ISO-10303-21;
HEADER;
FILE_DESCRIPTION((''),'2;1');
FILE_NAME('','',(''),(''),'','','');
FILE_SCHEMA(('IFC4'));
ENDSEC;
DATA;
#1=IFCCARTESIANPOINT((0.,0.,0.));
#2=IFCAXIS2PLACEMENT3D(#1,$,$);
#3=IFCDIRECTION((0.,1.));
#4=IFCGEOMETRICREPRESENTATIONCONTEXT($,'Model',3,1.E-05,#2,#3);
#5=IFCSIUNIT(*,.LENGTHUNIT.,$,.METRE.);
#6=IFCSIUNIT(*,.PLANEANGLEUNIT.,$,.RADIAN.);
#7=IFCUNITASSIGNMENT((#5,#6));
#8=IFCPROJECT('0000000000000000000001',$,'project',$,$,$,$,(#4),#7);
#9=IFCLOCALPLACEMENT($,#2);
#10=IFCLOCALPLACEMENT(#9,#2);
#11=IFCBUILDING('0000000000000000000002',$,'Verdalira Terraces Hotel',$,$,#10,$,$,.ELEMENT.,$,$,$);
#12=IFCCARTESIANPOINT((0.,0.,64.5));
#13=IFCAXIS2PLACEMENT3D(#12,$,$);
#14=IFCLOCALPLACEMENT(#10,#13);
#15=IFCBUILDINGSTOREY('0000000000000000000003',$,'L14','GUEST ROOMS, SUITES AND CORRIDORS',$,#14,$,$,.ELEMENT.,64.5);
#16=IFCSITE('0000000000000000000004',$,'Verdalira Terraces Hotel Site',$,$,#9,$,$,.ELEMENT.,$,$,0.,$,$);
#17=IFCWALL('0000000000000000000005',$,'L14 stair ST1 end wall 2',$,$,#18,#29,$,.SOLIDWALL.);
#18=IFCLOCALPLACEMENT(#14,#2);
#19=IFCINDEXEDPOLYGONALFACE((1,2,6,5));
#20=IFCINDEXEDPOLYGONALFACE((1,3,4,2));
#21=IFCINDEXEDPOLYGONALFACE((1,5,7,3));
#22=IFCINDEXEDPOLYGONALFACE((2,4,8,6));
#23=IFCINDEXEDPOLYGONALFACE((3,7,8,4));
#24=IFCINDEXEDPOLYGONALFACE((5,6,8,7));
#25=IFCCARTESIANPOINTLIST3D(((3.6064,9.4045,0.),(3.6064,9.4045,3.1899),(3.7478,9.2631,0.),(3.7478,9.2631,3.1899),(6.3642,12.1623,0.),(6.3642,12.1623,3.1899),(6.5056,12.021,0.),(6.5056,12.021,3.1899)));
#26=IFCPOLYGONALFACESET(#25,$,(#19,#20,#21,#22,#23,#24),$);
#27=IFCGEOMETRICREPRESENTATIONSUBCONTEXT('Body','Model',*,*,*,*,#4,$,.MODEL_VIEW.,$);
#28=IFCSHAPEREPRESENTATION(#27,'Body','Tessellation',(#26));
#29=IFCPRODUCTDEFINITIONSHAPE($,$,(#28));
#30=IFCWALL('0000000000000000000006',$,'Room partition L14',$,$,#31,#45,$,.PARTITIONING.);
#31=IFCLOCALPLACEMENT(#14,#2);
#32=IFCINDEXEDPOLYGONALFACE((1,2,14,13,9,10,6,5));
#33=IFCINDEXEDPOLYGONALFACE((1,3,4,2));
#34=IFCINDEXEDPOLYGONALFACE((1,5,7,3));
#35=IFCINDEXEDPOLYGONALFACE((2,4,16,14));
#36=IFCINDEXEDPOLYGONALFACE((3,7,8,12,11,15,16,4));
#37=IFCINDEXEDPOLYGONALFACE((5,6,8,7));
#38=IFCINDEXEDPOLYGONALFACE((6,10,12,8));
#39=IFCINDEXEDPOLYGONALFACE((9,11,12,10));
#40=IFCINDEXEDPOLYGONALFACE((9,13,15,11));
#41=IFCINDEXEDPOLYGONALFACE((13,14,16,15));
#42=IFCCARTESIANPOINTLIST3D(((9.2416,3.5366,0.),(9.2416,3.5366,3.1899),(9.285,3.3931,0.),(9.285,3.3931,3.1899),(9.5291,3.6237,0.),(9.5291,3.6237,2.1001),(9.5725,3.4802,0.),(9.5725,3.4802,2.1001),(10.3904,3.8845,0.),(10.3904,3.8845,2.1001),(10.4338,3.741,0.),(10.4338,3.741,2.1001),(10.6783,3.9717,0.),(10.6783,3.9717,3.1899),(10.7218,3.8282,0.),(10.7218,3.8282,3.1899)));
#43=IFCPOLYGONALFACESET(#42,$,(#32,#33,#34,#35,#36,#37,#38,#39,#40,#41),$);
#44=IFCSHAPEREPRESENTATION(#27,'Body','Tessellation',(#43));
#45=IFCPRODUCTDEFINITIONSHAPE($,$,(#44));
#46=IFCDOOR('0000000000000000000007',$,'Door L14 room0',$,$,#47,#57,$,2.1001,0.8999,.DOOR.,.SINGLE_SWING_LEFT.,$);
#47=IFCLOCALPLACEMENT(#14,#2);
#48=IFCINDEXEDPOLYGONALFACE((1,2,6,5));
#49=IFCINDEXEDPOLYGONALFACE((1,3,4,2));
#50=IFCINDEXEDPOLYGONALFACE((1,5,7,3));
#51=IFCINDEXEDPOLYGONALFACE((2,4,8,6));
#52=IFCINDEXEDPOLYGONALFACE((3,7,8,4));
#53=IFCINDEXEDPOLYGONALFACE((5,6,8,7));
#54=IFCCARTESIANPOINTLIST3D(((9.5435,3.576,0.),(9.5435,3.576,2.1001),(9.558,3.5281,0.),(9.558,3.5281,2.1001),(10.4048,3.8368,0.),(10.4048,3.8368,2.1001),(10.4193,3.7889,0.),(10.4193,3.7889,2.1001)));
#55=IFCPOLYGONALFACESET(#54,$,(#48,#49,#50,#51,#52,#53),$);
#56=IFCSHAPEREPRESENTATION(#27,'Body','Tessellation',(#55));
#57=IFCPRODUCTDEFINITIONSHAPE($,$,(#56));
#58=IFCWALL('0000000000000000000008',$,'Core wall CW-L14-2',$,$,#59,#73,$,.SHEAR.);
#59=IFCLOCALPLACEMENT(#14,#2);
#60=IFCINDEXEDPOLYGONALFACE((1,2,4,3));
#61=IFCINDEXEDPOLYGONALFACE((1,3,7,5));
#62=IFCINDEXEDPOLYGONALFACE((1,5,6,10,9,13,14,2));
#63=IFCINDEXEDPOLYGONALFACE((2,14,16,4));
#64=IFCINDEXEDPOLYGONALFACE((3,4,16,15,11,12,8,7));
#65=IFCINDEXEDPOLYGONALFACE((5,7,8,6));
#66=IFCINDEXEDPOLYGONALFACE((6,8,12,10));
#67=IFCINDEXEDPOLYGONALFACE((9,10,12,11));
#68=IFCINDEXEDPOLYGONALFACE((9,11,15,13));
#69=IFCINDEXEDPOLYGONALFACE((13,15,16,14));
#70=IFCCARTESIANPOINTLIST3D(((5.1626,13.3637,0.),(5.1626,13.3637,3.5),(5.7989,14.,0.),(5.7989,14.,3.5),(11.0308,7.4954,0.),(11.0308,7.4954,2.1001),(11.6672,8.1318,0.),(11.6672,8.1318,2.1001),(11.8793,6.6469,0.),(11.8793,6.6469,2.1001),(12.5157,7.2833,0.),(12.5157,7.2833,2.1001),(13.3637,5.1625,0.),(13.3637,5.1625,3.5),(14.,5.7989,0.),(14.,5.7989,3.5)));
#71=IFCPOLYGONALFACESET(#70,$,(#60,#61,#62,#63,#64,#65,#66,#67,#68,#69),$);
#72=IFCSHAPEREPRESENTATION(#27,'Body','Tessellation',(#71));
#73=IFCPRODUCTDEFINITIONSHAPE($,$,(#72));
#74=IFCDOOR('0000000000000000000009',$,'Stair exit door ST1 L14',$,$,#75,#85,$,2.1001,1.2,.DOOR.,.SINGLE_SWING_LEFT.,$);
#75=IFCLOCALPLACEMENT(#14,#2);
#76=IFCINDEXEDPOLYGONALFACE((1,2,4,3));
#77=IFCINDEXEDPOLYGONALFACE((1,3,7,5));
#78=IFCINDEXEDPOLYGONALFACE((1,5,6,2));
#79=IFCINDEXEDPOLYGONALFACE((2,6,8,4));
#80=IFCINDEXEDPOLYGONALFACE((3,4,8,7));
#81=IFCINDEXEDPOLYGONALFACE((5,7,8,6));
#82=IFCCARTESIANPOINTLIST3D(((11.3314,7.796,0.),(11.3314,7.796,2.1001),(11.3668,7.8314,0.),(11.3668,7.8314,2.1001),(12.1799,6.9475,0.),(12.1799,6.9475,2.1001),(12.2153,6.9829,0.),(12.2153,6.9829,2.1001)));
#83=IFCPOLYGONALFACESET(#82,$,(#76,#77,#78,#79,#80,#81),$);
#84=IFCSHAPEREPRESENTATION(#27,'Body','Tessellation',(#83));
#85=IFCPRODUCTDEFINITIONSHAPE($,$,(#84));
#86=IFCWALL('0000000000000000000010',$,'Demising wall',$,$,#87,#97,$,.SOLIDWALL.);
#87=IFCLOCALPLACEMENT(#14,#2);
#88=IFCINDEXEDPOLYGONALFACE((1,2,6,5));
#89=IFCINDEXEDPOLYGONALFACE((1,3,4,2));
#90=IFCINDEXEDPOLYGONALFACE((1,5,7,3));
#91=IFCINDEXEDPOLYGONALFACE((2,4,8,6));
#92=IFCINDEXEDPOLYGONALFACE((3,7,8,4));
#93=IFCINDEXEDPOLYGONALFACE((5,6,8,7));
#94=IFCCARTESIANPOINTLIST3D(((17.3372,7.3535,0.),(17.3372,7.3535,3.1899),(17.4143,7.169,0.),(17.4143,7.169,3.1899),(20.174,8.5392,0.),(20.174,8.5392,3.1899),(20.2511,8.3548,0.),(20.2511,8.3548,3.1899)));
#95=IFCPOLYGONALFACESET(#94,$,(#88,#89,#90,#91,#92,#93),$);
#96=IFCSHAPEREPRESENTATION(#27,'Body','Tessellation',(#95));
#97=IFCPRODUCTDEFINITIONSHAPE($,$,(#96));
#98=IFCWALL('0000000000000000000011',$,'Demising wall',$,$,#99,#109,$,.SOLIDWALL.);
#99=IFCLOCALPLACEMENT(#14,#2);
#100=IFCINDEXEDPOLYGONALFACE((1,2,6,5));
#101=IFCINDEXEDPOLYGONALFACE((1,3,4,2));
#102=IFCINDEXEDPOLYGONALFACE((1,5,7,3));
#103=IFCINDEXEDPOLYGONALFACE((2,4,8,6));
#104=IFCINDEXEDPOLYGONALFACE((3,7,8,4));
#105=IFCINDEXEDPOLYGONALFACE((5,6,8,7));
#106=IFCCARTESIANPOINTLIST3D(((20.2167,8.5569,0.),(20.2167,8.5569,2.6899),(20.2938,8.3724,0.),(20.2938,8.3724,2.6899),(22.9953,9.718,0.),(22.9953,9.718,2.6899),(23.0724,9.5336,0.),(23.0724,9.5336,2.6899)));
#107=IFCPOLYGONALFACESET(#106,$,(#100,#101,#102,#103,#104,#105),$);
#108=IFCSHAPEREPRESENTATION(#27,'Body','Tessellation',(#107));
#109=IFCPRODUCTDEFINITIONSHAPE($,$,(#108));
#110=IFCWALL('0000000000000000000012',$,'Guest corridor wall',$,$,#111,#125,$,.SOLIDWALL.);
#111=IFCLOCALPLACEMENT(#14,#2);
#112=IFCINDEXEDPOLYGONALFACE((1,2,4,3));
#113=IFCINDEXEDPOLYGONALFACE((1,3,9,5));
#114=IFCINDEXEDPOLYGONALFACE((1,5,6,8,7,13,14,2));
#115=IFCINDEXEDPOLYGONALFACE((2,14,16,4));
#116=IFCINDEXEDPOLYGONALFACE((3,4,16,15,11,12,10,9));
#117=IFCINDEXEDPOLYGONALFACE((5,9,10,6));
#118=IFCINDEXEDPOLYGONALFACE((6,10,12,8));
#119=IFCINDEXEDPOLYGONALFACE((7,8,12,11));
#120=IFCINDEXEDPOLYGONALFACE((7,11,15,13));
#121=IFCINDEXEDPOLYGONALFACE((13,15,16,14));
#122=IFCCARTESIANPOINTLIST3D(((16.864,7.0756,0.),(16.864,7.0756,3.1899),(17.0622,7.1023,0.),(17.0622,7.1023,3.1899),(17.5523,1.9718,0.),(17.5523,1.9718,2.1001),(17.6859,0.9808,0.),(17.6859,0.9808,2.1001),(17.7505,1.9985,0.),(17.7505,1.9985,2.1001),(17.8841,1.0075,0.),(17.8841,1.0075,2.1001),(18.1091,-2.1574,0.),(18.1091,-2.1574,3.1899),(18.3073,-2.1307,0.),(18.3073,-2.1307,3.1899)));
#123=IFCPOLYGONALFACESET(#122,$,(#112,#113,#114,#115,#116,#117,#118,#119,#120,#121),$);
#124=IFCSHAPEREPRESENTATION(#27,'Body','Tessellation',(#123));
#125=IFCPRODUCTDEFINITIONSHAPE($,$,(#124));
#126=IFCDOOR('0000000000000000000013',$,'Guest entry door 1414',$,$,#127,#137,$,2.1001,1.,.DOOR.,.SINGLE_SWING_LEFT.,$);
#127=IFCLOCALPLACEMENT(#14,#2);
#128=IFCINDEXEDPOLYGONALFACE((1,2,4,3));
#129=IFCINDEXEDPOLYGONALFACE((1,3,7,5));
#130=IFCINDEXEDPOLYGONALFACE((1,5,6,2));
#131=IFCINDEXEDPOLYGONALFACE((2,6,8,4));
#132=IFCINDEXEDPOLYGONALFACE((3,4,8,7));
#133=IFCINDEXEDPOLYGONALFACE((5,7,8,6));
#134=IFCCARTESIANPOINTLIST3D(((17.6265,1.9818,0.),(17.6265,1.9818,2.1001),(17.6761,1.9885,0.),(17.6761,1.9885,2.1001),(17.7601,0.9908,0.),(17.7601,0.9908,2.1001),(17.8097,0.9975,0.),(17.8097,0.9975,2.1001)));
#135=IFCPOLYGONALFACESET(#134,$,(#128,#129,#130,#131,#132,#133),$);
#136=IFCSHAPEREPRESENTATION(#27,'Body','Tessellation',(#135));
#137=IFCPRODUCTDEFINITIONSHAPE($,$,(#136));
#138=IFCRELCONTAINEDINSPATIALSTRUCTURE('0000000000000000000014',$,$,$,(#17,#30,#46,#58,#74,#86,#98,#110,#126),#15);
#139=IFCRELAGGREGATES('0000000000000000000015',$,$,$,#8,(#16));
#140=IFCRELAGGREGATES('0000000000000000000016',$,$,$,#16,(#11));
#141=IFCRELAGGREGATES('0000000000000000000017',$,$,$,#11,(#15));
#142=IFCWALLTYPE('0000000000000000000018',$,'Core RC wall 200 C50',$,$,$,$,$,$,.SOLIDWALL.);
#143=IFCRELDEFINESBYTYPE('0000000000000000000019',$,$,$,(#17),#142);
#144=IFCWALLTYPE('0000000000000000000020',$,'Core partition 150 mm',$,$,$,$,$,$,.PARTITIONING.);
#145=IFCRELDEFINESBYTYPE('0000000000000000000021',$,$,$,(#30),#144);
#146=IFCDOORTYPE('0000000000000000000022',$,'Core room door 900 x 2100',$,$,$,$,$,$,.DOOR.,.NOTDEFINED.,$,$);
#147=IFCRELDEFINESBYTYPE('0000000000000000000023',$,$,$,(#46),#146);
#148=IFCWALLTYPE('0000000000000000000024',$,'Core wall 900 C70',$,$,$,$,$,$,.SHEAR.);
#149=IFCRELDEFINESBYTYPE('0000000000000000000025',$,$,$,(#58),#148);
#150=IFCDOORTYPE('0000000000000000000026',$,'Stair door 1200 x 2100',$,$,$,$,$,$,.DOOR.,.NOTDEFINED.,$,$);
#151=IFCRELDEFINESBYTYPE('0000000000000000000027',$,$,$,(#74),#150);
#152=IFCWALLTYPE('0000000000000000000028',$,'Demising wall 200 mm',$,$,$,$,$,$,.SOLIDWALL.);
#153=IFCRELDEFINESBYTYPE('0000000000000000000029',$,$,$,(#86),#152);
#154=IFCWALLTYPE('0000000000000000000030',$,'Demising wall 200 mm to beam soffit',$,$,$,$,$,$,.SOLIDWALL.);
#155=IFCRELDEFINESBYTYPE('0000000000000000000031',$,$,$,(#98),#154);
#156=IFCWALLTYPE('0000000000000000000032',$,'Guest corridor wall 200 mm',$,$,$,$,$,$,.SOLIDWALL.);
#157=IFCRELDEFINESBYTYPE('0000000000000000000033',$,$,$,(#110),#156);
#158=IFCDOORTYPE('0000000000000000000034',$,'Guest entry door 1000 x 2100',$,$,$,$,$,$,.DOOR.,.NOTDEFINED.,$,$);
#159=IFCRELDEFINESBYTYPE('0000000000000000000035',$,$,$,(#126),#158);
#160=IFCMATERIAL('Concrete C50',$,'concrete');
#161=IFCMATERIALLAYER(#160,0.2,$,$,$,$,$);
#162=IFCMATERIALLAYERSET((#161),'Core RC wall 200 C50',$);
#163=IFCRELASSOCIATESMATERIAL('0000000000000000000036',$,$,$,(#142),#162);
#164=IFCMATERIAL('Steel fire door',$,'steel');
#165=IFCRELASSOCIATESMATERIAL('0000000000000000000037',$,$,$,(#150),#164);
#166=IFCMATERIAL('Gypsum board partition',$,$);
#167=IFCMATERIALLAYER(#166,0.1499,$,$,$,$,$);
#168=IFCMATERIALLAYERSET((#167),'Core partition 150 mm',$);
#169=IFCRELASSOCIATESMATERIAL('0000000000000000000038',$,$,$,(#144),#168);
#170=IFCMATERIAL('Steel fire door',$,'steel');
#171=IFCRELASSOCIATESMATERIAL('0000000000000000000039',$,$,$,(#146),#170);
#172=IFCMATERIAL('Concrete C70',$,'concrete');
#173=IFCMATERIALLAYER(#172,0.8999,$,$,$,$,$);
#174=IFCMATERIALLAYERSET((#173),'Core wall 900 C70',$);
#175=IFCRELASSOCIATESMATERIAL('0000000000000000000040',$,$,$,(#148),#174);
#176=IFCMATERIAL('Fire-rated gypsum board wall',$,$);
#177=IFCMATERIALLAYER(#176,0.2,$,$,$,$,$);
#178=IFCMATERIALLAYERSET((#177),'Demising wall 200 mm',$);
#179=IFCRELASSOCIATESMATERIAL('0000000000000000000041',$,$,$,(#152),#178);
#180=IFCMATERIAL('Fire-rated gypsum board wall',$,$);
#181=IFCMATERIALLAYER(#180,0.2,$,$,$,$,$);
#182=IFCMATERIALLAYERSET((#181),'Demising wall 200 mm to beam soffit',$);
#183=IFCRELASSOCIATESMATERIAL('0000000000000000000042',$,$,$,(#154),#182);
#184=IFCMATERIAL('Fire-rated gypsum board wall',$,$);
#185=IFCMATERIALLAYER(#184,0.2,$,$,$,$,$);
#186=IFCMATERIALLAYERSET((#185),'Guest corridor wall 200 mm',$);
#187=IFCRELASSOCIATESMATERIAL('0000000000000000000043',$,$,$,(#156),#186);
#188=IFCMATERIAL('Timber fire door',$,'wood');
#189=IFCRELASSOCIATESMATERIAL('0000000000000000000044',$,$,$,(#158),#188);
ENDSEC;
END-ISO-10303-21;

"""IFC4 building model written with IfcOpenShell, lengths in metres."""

from ifc_helpers import new_model, si_unit, direction, frame, frame_2d, origin, place, context, subcontext, project, spatial, rectangle, extrude, material, layer, layer_set, type_object, element, fill, save


model = new_model("IFC4")

# Units and contexts
model_context = context("Model", 3, precision=1e-05, world=origin(), true_north=direction((0.0, 1.0)))
body_context = subcontext(model_context, "Body", "Model", "MODEL_VIEW")
ifc_project = project(units=[si_unit("LENGTHUNIT", "METRE"), si_unit("PLANEANGLEUNIT", "RADIAN")], contexts=[model_context])

# Site, building, storey
site_placement = place(None, origin())
site = spatial("IfcSite", under=ifc_project, at=site_placement, Name="Verdalira Terraces Hotel Site", CompositionType="ELEMENT", RefElevation=0.0)
building_placement = place(site_placement, origin())
building = spatial("IfcBuilding", under=site, at=building_placement, Name="Verdalira Terraces Hotel", CompositionType="ELEMENT")
storey_placement = place(building_placement, frame((0.0, 0.0, 64.5)))
storey = spatial("IfcBuildingStorey", under=building, at=storey_placement, Name="L14", Description="GUEST ROOMS, SUITES AND CORRIDORS", CompositionType="ELEMENT", Elevation=64.5)

# Shared definitions
ifc_material_1 = material(Name="Concrete C50", Category="concrete")
ifc_layer_1 = layer(ifc_material_1, 0.2)
ifc_layer_set_1 = layer_set([ifc_layer_1], Name="Core RC wall 200 C50")
wall_type_1 = type_object("IfcWallType", Name="Core RC wall 200 C50", PredefinedType="SOLIDWALL", material=ifc_layer_set_1)
ifc_material_2 = material(Name="Steel fire door", Category="steel")
door_type_1 = type_object("IfcDoorType", Name="Stair door 1200 x 2100", OperationType="NOTDEFINED", PredefinedType="DOOR", material=ifc_material_2)

# Wall
for number, where, z_axis, x_axis, name in (
    (1, (3.677, 9.3337, 0.0), (0.0, 0.0, 1.0), (0.707107, 0.707107, 0.0), "L14 stair ST1 end wall 2"),
):
    element("IfcWall", number, at=place(storey_placement, frame(where, z_axis=z_axis, x_axis=x_axis)), inside=storey, type_object=wall_type_1, Name=name, PredefinedType="SOLIDWALL", context=body_context, shape_type="SweptSolid", body=[
        extrude(rectangle(XDim=3.9001, YDim=0.2, at=frame_2d((1.9502, 0.0))), origin(), (0.0, 0.0, 1.0), 3.1899),
    ])

# Walls, openings, doors
ifc_material_3 = material(Name="Gypsum board partition")
ifc_layer_2 = layer(ifc_material_3, 0.1499)
ifc_layer_set_2 = layer_set([ifc_layer_2], Name="Core partition 150 mm")
wall_type_2 = type_object("IfcWallType", Name="Core partition 150 mm", PredefinedType="PARTITIONING", material=ifc_layer_set_2)
wall_1_placement = place(storey_placement, frame((10.7, 3.8999, 0.0), z_axis=(0.0, 0.0, 1.0), x_axis=(-0.957085, -0.289809, 0.0)))
wall_1 = element("IfcWall", 2, at=wall_1_placement, inside=storey, type_object=wall_type_2, Name="Room partition L14", PredefinedType="PARTITIONING", context=body_context, shape_type="SweptSolid", body=[
    extrude(rectangle(XDim=1.5012, YDim=0.1499, at=frame_2d((0.7505, 0.0))), origin(), (0.0, 0.0, 1.0), 3.1899),
])
opening_1_placement = place(wall_1_placement, frame((0.3008, 0.0, 0.0)))
opening_1 = element("IfcOpeningElement", 3, at=opening_1_placement, cuts=wall_1, PredefinedType="OPENING", context=body_context, shape_type="SweptSolid", body=[
    extrude(rectangle(XDim=0.8999, YDim=2.1001, at=frame_2d((0.45, 1.05))), frame((0.0, 0.085, 0.0), z_axis=(0.0, -1.0, 0.0), x_axis=(1.0, 0.0, 0.0)), (0.0, 0.0, 1.0), 0.1699),
])
ifc_material_4 = material(Name="Steel fire door", Category="steel")
door_type_2 = type_object("IfcDoorType", Name="Core room door 900 x 2100", OperationType="NOTDEFINED", PredefinedType="DOOR", material=ifc_material_4)
door_1_placement = place(opening_1_placement, origin())
door_1 = element("IfcDoor", 4, at=door_1_placement, inside=storey, type_object=door_type_2, Name="Door L14 room0", OperationType="SINGLE_SWING_LEFT", OverallHeight=2.1001, OverallWidth=0.8999, PredefinedType="DOOR", context=body_context, shape_type="SweptSolid", body=[
    extrude(rectangle(XDim=0.8999, YDim=2.1001, at=frame_2d((0.45, 1.05))), frame((0.0, 0.0249, 0.0), z_axis=(0.0, -1.0, 0.0), x_axis=(1.0, 0.0, 0.0)), (0.0, 0.0, 1.0), 0.05),
])
fill(opening_1, door_1)
ifc_material_5 = material(Name="Concrete C70", Category="concrete")
ifc_layer_3 = layer(ifc_material_5, 0.8999)
ifc_layer_set_3 = layer_set([ifc_layer_3], Name="Core wall 900 C70")
wall_type_3 = type_object("IfcWallType", Name="Core wall 900 C70", PredefinedType="SHEAR", material=ifc_layer_set_3)
wall_2_placement = place(storey_placement, frame((13.6819, 5.4807, 0.0), z_axis=(0.0, 0.0, 1.0), x_axis=(-0.707107, 0.707107, 0.0)))
wall_2 = element("IfcWall", 5, at=wall_2_placement, inside=storey, type_object=wall_type_3, Name="Core wall CW-L14-2", PredefinedType="SHEAR", context=body_context, shape_type="SweptSolid", body=[
    extrude(rectangle(XDim=11.5981, YDim=0.8999, at=frame_2d((5.7991, 0.0))), origin(), (0.0, 0.0, 1.0), 3.5),
])
opening_2_placement = place(wall_2_placement, frame((2.0991, 0.0, 0.0)))
opening_2 = element("IfcOpeningElement", 6, at=opening_2_placement, cuts=wall_2, PredefinedType="OPENING", context=body_context, shape_type="SweptSolid", body=[
    extrude(rectangle(XDim=1.2, YDim=2.1001, at=frame_2d((0.6001, 1.05))), frame((0.0, 0.46, 0.0), z_axis=(0.0, -1.0, 0.0), x_axis=(1.0, 0.0, 0.0)), (0.0, 0.0, 1.0), 0.9199),
])
door_2_placement = place(opening_2_placement, origin())
door_2 = element("IfcDoor", 7, at=door_2_placement, inside=storey, type_object=door_type_1, Name="Stair exit door ST1 L14", OperationType="SINGLE_SWING_LEFT", OverallHeight=2.1001, OverallWidth=1.2, PredefinedType="DOOR", context=body_context, shape_type="SweptSolid", body=[
    extrude(rectangle(XDim=1.2, YDim=2.1001, at=frame_2d((0.6001, 1.05))), frame((0.0, 0.0249, 0.0), z_axis=(0.0, -1.0, 0.0), x_axis=(1.0, 0.0, 0.0)), (0.0, 0.0, 1.0), 0.05),
])
fill(opening_2, door_2)

# Walls
ifc_material_6 = material(Name="Fire-rated gypsum board wall")
ifc_layer_4 = layer(ifc_material_6, 0.2)
ifc_layer_set_4 = layer_set([ifc_layer_4], Name="Demising wall 200 mm")
wall_type_4 = type_object("IfcWallType", Name="Demising wall 200 mm", PredefinedType="SOLIDWALL", material=ifc_layer_set_4)
wall_3_placement = place(storey_placement, frame((17.3757, 7.2612, 0.0), z_axis=(0.0, 0.0, 1.0), x_axis=(0.922644, 0.385653, 0.0)))
element("IfcWall", 8, at=wall_3_placement, inside=storey, type_object=wall_type_4, Name="Demising wall", PredefinedType="SOLIDWALL", context=body_context, shape_type="SweptSolid", body=[
    extrude(rectangle(XDim=3.0747, YDim=0.2, at=frame_2d((1.5374, 0.0))), origin(), (0.0, 0.0, 1.0), 3.1899),
])
ifc_material_7 = material(Name="Fire-rated gypsum board wall")
ifc_layer_5 = layer(ifc_material_7, 0.2)
ifc_layer_set_5 = layer_set([ifc_layer_5], Name="Demising wall 200 mm to beam soffit")
wall_type_5 = type_object("IfcWallType", Name="Demising wall 200 mm to beam soffit", PredefinedType="SOLIDWALL", material=ifc_layer_set_5)
wall_4_placement = place(storey_placement, frame((20.2551, 8.4646, 0.0), z_axis=(0.0, 0.0, 1.0), x_axis=(0.922676, 0.385577, 0.0)))
element("IfcWall", 9, at=wall_4_placement, inside=storey, type_object=wall_type_5, Name="Demising wall", PredefinedType="SOLIDWALL", context=body_context, shape_type="SweptSolid", body=[
    extrude(rectangle(XDim=3.0115, YDim=0.2, at=frame_2d((1.5059, 0.0))), origin(), (0.0, 0.0, 1.0), 2.6899),
])

# Wall, opening, door
ifc_material_8 = material(Name="Fire-rated gypsum board wall")
ifc_layer_6 = layer(ifc_material_8, 0.2)
ifc_layer_set_6 = layer_set([ifc_layer_6], Name="Guest corridor wall 200 mm")
wall_type_6 = type_object("IfcWallType", Name="Guest corridor wall 200 mm", PredefinedType="SOLIDWALL", material=ifc_layer_set_6)
wall_5_placement = place(storey_placement, frame((16.9631, 7.0889, 0.0), z_axis=(0.0, 0.0, 1.0), x_axis=(0.133643, -0.99103, 0.0)))
wall_5 = element("IfcWall", 10, at=wall_5_placement, inside=storey, type_object=wall_type_6, Name="Guest corridor wall", PredefinedType="SOLIDWALL", context=body_context, shape_type="SweptSolid", body=[
    extrude(rectangle(XDim=9.3166, YDim=0.2, at=frame_2d((4.6582, 0.0))), origin(), (0.0, 0.0, 1.0), 3.1899),
])
opening_3_placement = place(wall_5_placement, frame((5.1499, 0.0, 0.0)))
opening_3 = element("IfcOpeningElement", 11, at=opening_3_placement, cuts=wall_5, PredefinedType="OPENING", context=body_context, shape_type="SweptSolid", body=[
    extrude(rectangle(XDim=1.0, YDim=2.1001, at=frame_2d((0.5, 1.05))), frame((0.0, 0.1099, 0.0), z_axis=(0.0, -1.0, 0.0), x_axis=(1.0, 0.0, 0.0)), (0.0, 0.0, 1.0), 0.22),
])
ifc_material_9 = material(Name="Timber fire door", Category="wood")
door_type_3 = type_object("IfcDoorType", Name="Guest entry door 1000 x 2100", OperationType="NOTDEFINED", PredefinedType="DOOR", material=ifc_material_9)
door_3_placement = place(opening_3_placement, origin())
door_3 = element("IfcDoor", 12, at=door_3_placement, inside=storey, type_object=door_type_3, Name="Guest entry door 1414", OperationType="SINGLE_SWING_LEFT", OverallHeight=2.1001, OverallWidth=1.0, PredefinedType="DOOR", context=body_context, shape_type="SweptSolid", body=[
    extrude(rectangle(XDim=1.0, YDim=2.1001, at=frame_2d((0.5, 1.05))), frame((0.0, 0.0249, 0.0), z_axis=(0.0, -1.0, 0.0), x_axis=(1.0, 0.0, 0.0)), (0.0, 0.0, 1.0), 0.05),
])
fill(opening_3, door_3)

save(model, "model.ifc")
